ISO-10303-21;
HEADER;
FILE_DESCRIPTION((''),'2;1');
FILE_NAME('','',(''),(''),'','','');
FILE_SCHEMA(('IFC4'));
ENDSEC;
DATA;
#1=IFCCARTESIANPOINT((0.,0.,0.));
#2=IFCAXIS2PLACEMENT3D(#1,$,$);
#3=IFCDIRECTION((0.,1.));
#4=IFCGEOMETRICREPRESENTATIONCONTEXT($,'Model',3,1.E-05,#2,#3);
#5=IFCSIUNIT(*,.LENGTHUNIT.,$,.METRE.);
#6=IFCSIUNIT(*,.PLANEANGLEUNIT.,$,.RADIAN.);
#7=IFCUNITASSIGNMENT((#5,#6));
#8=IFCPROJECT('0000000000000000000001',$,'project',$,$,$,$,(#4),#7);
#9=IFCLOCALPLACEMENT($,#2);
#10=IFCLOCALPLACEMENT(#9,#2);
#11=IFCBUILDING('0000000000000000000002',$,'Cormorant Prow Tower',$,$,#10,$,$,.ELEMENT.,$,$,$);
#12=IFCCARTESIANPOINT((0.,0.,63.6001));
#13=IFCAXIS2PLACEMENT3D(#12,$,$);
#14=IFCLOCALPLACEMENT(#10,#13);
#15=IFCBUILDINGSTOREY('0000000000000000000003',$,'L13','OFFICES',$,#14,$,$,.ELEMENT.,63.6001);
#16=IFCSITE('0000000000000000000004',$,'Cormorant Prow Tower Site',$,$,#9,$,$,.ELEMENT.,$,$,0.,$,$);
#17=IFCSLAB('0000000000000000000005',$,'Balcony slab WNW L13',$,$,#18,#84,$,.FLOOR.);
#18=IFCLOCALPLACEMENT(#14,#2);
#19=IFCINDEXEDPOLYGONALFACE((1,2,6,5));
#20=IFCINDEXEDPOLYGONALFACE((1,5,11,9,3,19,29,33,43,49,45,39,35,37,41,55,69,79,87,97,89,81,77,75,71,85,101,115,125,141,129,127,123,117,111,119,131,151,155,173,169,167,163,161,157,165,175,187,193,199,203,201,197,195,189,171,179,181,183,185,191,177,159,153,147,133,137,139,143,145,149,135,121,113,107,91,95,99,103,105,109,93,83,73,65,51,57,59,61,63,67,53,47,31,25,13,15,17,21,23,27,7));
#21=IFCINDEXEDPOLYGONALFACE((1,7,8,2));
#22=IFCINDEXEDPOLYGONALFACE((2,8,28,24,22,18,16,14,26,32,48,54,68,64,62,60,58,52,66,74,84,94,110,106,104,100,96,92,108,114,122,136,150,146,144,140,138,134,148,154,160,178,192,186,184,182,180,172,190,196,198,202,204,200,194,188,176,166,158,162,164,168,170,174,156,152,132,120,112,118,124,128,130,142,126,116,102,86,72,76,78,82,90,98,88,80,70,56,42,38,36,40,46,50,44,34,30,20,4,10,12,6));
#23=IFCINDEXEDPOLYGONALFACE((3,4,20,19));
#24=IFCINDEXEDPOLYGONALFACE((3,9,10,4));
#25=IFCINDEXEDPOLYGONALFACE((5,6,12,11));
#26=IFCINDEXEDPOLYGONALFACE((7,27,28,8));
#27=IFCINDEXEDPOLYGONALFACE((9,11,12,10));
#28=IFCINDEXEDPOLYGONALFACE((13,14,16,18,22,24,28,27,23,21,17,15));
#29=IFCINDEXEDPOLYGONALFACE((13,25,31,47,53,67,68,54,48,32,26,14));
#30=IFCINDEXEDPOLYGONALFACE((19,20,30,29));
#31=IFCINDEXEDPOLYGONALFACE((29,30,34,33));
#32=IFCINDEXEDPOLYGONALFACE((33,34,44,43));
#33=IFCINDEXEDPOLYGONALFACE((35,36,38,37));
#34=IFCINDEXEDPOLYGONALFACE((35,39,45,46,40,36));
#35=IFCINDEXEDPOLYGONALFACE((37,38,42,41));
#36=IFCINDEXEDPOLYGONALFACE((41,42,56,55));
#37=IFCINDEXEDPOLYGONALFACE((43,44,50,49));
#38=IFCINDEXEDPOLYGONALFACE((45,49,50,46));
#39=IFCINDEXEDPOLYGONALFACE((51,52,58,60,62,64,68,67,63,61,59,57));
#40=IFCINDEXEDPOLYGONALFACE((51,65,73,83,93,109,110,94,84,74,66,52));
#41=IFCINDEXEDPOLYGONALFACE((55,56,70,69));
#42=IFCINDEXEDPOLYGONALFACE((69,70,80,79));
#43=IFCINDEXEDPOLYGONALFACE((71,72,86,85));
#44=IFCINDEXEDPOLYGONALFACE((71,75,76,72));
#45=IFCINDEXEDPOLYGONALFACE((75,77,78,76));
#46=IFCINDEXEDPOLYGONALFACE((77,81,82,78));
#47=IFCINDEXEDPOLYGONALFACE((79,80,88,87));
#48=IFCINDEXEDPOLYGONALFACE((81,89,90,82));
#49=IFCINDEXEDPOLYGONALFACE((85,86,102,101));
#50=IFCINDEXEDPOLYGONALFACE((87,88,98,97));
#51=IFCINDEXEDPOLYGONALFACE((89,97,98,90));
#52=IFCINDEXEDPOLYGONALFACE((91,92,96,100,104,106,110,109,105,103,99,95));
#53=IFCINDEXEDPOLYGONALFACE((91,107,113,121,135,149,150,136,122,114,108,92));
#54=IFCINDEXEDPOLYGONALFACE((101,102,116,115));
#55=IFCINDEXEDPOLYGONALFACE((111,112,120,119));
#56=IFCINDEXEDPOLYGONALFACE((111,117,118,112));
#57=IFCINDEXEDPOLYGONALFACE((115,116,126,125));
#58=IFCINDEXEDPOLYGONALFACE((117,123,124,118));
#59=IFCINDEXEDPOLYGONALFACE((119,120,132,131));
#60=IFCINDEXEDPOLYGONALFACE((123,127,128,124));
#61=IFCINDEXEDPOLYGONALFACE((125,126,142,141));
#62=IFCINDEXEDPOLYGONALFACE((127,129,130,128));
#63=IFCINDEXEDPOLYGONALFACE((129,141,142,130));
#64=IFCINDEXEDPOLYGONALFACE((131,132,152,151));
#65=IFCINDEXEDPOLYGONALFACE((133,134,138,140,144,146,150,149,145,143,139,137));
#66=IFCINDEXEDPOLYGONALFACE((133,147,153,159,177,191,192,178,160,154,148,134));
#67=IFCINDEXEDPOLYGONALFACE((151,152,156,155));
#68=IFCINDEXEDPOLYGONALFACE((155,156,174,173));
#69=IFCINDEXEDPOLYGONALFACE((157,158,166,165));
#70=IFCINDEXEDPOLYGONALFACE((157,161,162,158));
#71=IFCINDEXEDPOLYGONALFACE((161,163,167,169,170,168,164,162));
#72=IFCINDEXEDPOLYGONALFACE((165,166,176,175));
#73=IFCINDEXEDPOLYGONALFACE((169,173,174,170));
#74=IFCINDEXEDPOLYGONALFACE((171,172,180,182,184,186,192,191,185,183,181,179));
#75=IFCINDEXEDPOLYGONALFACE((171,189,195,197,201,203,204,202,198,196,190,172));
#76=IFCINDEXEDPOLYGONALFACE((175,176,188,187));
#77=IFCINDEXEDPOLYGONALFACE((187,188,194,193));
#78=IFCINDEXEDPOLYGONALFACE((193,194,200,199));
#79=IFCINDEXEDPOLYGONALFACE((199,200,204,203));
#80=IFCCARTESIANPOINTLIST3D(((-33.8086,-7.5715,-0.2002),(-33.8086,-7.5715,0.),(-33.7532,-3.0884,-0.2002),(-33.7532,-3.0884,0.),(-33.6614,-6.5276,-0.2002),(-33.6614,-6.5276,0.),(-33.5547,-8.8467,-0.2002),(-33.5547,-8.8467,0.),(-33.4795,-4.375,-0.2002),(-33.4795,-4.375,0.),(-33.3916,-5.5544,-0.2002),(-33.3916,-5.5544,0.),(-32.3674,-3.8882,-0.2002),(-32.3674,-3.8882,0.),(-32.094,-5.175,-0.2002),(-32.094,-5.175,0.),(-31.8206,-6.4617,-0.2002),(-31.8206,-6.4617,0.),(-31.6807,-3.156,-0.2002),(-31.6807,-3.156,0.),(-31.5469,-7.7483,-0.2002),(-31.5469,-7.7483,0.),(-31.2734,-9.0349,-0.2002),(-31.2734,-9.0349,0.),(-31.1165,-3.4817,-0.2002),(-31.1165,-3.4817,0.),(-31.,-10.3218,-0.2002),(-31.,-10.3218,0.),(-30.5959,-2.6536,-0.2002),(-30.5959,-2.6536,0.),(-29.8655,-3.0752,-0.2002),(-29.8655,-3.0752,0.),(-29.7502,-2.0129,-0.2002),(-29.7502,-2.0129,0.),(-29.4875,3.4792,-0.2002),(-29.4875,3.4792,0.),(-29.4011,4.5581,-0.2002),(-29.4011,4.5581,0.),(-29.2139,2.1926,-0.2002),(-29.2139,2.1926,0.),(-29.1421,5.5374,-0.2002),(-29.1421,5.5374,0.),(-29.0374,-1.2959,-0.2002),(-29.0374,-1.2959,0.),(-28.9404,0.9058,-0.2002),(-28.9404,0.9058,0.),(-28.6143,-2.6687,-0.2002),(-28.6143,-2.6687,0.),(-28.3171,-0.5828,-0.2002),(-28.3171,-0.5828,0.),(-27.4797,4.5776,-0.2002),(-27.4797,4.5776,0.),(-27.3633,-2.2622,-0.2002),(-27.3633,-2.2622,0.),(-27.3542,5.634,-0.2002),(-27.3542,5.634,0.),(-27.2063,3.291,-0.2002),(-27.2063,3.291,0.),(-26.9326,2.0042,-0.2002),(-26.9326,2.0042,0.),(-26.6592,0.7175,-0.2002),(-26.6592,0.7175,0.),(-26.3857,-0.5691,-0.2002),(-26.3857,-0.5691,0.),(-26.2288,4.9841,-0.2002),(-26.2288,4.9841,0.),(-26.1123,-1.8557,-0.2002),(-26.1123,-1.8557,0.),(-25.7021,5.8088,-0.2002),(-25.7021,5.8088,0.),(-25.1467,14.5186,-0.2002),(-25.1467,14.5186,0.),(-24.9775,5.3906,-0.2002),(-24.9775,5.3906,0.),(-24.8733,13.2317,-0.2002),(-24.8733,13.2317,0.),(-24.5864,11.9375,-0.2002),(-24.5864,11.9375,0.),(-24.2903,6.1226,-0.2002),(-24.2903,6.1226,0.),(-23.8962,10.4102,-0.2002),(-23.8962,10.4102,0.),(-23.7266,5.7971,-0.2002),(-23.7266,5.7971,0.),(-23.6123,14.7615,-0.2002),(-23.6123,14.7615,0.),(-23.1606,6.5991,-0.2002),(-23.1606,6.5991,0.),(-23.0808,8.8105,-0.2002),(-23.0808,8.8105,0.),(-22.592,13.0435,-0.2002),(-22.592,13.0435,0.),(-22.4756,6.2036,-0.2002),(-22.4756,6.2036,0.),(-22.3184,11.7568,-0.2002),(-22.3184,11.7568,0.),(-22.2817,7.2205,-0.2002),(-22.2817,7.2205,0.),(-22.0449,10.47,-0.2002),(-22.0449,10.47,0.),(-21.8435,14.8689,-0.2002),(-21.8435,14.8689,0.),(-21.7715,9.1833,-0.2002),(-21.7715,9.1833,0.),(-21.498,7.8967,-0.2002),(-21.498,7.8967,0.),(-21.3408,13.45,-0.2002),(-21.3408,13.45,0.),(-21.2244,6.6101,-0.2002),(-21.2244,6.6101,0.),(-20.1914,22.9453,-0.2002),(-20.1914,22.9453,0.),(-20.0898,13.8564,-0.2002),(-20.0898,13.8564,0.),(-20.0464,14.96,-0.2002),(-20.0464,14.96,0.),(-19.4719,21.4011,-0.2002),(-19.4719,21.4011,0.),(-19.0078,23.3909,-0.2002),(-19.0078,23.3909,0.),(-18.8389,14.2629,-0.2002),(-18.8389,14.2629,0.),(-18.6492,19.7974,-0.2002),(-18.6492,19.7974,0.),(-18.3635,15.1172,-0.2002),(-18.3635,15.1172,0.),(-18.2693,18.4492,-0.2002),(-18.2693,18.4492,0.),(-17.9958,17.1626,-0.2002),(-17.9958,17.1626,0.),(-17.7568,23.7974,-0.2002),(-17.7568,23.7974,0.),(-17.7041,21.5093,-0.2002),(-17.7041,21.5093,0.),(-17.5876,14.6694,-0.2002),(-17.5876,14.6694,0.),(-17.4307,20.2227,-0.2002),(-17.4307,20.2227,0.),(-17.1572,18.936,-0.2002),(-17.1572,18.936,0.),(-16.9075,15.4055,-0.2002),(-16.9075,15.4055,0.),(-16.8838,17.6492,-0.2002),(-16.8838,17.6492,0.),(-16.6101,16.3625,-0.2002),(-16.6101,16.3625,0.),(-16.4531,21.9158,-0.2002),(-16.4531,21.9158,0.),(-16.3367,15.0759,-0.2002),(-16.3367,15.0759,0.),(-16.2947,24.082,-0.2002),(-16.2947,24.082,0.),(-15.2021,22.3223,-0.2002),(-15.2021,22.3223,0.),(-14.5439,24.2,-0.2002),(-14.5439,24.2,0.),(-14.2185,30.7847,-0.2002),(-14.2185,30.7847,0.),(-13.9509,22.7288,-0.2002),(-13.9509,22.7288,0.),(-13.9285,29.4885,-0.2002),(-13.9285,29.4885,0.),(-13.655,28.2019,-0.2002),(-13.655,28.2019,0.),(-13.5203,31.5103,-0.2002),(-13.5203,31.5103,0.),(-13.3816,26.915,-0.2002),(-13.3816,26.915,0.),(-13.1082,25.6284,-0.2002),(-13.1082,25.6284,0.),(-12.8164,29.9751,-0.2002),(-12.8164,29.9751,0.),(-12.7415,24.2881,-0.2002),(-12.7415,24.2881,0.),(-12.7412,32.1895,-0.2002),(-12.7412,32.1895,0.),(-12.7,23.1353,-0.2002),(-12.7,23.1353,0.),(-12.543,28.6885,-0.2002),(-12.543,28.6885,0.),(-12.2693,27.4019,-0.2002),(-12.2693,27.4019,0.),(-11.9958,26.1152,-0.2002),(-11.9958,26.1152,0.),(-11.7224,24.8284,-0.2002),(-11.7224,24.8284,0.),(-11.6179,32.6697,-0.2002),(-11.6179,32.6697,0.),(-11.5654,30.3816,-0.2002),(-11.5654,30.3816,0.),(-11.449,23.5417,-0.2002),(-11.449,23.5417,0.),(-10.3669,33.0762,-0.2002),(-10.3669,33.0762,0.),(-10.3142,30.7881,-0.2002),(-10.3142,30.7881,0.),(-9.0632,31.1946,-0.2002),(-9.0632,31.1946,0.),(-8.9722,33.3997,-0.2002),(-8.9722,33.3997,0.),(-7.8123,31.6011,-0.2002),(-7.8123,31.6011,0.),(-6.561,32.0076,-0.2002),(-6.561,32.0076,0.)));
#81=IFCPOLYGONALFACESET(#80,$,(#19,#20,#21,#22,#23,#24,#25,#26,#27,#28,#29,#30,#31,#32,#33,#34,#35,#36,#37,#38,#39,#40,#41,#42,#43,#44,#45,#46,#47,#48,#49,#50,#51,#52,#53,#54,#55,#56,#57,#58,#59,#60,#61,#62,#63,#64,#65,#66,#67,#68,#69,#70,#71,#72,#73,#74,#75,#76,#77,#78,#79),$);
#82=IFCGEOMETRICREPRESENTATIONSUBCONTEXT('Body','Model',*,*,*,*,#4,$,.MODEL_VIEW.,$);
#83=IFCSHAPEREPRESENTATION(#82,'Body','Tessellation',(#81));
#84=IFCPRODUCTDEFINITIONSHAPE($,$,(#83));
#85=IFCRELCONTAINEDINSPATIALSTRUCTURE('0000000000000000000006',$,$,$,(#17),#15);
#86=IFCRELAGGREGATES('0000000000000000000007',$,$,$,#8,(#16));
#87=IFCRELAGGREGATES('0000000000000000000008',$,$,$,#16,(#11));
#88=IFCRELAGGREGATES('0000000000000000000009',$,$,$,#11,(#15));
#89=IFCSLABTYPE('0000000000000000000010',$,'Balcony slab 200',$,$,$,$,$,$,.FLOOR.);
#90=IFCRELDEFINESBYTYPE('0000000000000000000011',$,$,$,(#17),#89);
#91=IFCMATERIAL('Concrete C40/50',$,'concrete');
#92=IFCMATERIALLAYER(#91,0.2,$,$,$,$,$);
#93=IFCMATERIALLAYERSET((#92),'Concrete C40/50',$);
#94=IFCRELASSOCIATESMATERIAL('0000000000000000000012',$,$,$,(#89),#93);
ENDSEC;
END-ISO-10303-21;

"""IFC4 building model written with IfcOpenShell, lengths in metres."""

from ifc_helpers import new_model, si_unit, direction, frame, origin, place, context, subcontext, project, spatial, polyline, outline, extrude, material, layer, layer_set, type_object, element, save


model = new_model("IFC4")

# Units and contexts
model_context = context("Model", 3, precision=1e-05, world=origin(), true_north=direction((0.0, 1.0)))
body_context = subcontext(model_context, "Body", "Model", "MODEL_VIEW")
ifc_project = project(units=[si_unit("LENGTHUNIT", "METRE"), si_unit("PLANEANGLEUNIT", "RADIAN")], contexts=[model_context])

# Site, building, storey
site_placement = place(None, origin())
site = spatial("IfcSite", under=ifc_project, at=site_placement, Name="Cormorant Prow Tower Site", CompositionType="ELEMENT", RefElevation=0.0)
building_placement = place(site_placement, origin())
building = spatial("IfcBuilding", under=site, at=building_placement, Name="Cormorant Prow Tower", CompositionType="ELEMENT")
storey_placement = place(building_placement, frame((0.0, 0.0, 63.6001)))
storey = spatial("IfcBuildingStorey", under=building, at=storey_placement, Name="L13", Description="OFFICES", CompositionType="ELEMENT", Elevation=63.6001)

# Slab
ifc_material_1 = material(Name="Concrete C40/50", Category="concrete")
ifc_layer_1 = layer(ifc_material_1, 0.2)
ifc_layer_set_1 = layer_set([ifc_layer_1], Name="Concrete C40/50")
slab_type_1 = type_object("IfcSlabType", Name="Balcony slab 200", PredefinedType="FLOOR", material=ifc_layer_set_1)
slab_1_placement = place(storey_placement, frame((0.0, 0.0, -0.2002)))
element("IfcSlab", 1, at=slab_1_placement, inside=storey, type_object=slab_type_1, Name="Balcony slab WNW L13", PredefinedType="FLOOR", context=body_context, shape_type="SweptSolid", body=[
    extrude(outline(polyline([(-6.561, 32.0076), (-8.9722, 33.3997), (-10.3669, 33.0762), (-11.6179, 32.6697), (-12.7412, 32.1895), (-13.5203, 31.5103), (-14.2185, 30.7847), (-13.9285, 29.4885), (-13.655, 28.2019), (-13.3816, 26.915), (-13.1082, 25.6284), (-12.7415, 24.2881), (-14.5439, 24.2), (-16.2947, 24.082), (-17.7568, 23.7974), (-19.0078, 23.3909), (-20.1914, 22.9453), (-19.4719, 21.4011), (-18.6492, 19.7974), (-18.2693, 18.4492), (-17.9958, 17.1626), (-16.9075, 15.4055), (-18.3635, 15.1172), (-20.0464, 14.96), (-21.8435, 14.8689), (-23.6123, 14.7615), (-25.1467, 14.5186), (-24.8733, 13.2317), (-24.5864, 11.9375), (-23.8962, 10.4102), (-23.0808, 8.8105), (-22.2817, 7.2205), (-23.1606, 6.5991), (-24.2903, 6.1226), (-25.7021, 5.8088), (-27.3542, 5.634), (-29.1421, 5.5374), (-29.4011, 4.5581), (-29.4875, 3.4792), (-29.2139, 2.1926), (-28.9404, 0.9058), (-28.3171, -0.5828), (-29.0374, -1.2959), (-29.7502, -2.0129), (-30.5959, -2.6536), (-31.6807, -3.156), (-33.7532, -3.0884), (-33.4795, -4.375), (-33.3916, -5.5544), (-33.6614, -6.5276), (-33.8086, -7.5715), (-33.5547, -8.8467), (-31.0, -10.3218), (-31.2734, -9.0349), (-31.5469, -7.7483), (-31.8206, -6.4617), (-32.094, -5.175), (-32.3674, -3.8882), (-31.1165, -3.4817), (-29.8655, -3.0752), (-28.6143, -2.6687), (-27.3633, -2.2622), (-26.1123, -1.8557), (-26.3857, -0.5691), (-26.6592, 0.7175), (-26.9326, 2.0042), (-27.2063, 3.291), (-27.4797, 4.5776), (-26.2288, 4.9841), (-24.9775, 5.3906), (-23.7266, 5.7971), (-22.4756, 6.2036), (-21.2244, 6.6101), (-21.498, 7.8967), (-21.7715, 9.1833), (-22.0449, 10.47), (-22.3184, 11.7568), (-22.592, 13.0435), (-21.3408, 13.45), (-20.0898, 13.8564), (-18.8389, 14.2629), (-17.5876, 14.6694), (-16.3367, 15.0759), (-16.6101, 16.3625), (-16.8838, 17.6492), (-17.1572, 18.936), (-17.4307, 20.2227), (-17.7041, 21.5093), (-16.4531, 21.9158), (-15.2021, 22.3223), (-13.9509, 22.7288), (-12.7, 23.1353), (-11.449, 23.5417), (-11.7224, 24.8284), (-11.9958, 26.1152), (-12.2693, 27.4019), (-12.543, 28.6885), (-12.8164, 29.9751), (-11.5654, 30.3816), (-10.3142, 30.7881), (-9.0632, 31.1946), (-7.8123, 31.6011), (-6.561, 32.0076)])), origin(), (0.0, 0.0, 1.0), 0.2002),
])

save(model, "model.ifc")
